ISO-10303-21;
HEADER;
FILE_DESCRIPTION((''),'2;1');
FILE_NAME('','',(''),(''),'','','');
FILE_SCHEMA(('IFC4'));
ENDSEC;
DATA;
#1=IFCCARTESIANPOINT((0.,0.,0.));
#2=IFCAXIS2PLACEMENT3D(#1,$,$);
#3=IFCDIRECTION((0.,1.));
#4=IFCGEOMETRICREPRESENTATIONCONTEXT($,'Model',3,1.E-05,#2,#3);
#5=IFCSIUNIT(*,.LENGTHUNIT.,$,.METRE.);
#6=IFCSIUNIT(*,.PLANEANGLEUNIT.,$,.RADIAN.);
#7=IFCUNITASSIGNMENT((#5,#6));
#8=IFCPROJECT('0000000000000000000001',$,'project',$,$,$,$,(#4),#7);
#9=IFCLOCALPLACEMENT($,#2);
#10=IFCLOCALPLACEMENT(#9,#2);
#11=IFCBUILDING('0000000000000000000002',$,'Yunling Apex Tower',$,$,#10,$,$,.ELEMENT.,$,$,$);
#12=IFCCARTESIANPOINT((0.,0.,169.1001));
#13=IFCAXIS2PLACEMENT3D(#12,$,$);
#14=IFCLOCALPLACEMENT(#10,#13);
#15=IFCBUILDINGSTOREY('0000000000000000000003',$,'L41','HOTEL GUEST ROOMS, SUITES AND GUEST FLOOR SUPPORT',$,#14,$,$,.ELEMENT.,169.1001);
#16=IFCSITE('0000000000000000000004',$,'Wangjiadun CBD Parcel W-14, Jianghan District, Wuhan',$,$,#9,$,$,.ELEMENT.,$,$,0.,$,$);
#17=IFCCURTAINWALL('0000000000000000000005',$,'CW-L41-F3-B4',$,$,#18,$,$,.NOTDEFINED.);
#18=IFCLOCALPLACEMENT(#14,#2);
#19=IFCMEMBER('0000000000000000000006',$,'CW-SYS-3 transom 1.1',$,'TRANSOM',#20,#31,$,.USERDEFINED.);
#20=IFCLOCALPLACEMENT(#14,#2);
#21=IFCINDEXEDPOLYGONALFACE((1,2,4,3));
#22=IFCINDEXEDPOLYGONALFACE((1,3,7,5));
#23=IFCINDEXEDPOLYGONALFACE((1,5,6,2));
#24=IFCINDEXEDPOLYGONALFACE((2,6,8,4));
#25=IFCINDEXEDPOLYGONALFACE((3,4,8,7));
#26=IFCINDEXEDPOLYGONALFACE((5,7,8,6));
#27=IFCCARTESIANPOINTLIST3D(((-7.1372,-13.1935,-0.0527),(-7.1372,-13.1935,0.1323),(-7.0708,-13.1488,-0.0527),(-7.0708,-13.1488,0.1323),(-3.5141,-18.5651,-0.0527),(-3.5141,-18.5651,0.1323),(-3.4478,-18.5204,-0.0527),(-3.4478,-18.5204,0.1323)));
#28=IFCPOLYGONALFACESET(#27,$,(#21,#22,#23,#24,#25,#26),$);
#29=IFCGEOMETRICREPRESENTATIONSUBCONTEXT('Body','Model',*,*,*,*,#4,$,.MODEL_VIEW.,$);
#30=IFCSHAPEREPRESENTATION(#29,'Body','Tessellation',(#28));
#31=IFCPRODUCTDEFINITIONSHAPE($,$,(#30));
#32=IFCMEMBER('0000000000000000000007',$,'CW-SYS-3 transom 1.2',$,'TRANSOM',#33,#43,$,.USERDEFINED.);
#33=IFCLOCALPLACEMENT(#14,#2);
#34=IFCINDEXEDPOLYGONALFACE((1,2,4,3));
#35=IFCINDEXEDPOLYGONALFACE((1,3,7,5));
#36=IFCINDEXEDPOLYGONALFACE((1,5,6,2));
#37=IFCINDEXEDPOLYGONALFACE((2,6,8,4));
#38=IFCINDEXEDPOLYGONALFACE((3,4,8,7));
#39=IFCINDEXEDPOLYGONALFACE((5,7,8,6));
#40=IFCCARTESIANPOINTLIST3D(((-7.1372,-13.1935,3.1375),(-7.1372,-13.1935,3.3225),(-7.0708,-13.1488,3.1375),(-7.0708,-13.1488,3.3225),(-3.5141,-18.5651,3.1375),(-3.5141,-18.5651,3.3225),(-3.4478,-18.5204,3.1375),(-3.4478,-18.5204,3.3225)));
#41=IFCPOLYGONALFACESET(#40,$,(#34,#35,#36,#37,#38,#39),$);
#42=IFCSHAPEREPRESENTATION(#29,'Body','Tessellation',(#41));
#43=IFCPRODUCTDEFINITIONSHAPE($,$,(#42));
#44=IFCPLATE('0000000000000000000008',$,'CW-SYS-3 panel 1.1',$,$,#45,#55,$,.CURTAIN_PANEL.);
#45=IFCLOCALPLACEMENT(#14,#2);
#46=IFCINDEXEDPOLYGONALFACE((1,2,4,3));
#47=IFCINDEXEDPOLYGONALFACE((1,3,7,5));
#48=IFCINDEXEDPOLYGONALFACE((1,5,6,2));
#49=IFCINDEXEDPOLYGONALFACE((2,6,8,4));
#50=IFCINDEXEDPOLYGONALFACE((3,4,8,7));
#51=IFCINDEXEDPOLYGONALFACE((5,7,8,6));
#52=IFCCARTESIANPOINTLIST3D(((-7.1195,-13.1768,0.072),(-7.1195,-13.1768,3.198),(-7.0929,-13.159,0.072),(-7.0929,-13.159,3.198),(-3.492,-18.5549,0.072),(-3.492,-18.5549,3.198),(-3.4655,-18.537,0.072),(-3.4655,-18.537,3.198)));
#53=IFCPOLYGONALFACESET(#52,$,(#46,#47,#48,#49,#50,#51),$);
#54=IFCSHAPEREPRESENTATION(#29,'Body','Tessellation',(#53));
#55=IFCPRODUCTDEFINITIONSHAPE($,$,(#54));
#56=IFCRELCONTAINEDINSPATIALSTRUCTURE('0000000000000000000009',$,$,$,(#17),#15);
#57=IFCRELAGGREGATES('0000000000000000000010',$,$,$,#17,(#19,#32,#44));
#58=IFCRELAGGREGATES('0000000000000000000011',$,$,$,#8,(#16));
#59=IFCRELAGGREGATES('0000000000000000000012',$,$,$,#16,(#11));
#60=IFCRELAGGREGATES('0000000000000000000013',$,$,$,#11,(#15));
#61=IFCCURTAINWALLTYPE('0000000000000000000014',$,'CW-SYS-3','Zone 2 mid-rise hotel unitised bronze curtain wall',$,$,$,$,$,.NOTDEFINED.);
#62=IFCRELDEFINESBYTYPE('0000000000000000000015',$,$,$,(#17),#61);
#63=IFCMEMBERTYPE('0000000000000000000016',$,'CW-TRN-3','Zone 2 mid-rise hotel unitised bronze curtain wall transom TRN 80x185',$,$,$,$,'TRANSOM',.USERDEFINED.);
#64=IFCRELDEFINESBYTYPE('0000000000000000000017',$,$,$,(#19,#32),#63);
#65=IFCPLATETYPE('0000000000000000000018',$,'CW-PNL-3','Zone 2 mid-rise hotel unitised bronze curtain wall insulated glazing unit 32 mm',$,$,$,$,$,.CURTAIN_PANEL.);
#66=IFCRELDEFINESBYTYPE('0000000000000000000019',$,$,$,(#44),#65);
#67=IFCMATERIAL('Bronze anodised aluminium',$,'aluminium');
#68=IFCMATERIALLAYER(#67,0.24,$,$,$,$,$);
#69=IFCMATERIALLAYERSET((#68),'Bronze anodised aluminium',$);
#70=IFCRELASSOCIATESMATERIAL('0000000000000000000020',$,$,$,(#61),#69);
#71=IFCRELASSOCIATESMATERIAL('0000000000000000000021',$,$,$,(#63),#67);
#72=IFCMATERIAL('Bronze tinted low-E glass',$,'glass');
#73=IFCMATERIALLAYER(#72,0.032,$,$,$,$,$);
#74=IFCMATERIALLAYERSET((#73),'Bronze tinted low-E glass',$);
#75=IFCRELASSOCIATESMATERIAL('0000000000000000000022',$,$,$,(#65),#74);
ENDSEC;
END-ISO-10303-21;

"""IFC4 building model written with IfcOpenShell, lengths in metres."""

from ifc_helpers import new_model, si_unit, direction, frame, origin, origin_2d, place, context, subcontext, project, spatial, rectangle, extrude, source, transform, mapped, material, layer, layer_set, material_profile, profile_set, type_object, element, aggregate, save


model = new_model("IFC4")

# Units and contexts
model_context = context("Model", 3, precision=1e-05, world=origin(), true_north=direction((0.0, 1.0)))
body_context = subcontext(model_context, "Body", "Model", "MODEL_VIEW")
ifc_project = project(units=[si_unit("LENGTHUNIT", "METRE"), si_unit("PLANEANGLEUNIT", "RADIAN")], contexts=[model_context])

# Site, building, storey
site_placement = place(None, origin())
site = spatial("IfcSite", under=ifc_project, at=site_placement, Name="Wangjiadun CBD Parcel W-14, Jianghan District, Wuhan", CompositionType="ELEMENT", RefElevation=0.0)
building_placement = place(site_placement, origin())
building = spatial("IfcBuilding", under=site, at=building_placement, Name="Yunling Apex Tower", CompositionType="ELEMENT")
storey_placement = place(building_placement, frame((0.0, 0.0, 169.1001)))
storey = spatial("IfcBuildingStorey", under=building, at=storey_placement, Name="L41", Description="HOTEL GUEST ROOMS, SUITES AND GUEST FLOOR SUPPORT", CompositionType="ELEMENT", Elevation=169.1001)

# Shared definitions
ifc_material_1 = material(Name="Bronze anodised aluminium", Category="aluminium")
ifc_layer_1 = layer(ifc_material_1, 0.24)
ifc_layer_set_1 = layer_set([ifc_layer_1], Name="Bronze anodised aluminium")
curtain_wall_type = type_object("IfcCurtainWallType", Name="CW-SYS-3", Description="Zone 2 mid-rise hotel unitised bronze curtain wall", PredefinedType="NOTDEFINED", material=ifc_layer_set_1)

# Curtain wall
curtain_wall_1_placement = place(storey_placement, origin())
curtain_wall_1 = element("IfcCurtainWall", 1, at=curtain_wall_1_placement, inside=storey, type_object=curtain_wall_type, Name="CW-L41-F3-B4", PredefinedType="NOTDEFINED")
ifc_material_profile_1 = material_profile(ifc_material_1, rectangle(XDim=0.0801, YDim=0.1851, at=origin_2d()))
ifc_profile_set_1 = profile_set([ifc_material_profile_1], Name="Bronze anodised aluminium")
member_type_1 = type_object("IfcMemberType", Name="CW-TRN-3", Description="Zone 2 mid-rise hotel unitised bronze curtain wall transom TRN 80x185", ElementType="TRANSOM", PredefinedType="USERDEFINED", material=ifc_profile_set_1)

# Members
shared_shape_1 = source(origin(), body_context, "Body", "SweptSolid", [
    extrude(rectangle(XDim=0.0801, YDim=0.1851, at=origin_2d()), origin(), (0.0, 0.0, 1.0), 6.4792),
])
member_1_placement = place(storey_placement, frame((-7.104, -13.1711, 0.0398), z_axis=(0.559179, -0.829047, 0.0), x_axis=(0.829047, 0.559179, 0.0)))
member_1 = element("IfcMember", 2, at=member_1_placement, type_object=member_type_1, Name="CW-SYS-3 transom 1.1", ObjectType="TRANSOM", PredefinedType="USERDEFINED", context=body_context, shape_type="MappedRepresentation", body=[
    mapped(shared_shape_1, transform((0.0, 0.0, 0.0), scale=1.0)),
])
member_2_placement = place(storey_placement, frame((-7.104, -13.1711, 3.23), z_axis=(0.559179, -0.829047, 0.0), x_axis=(0.829047, 0.559179, 0.0)))
member_2 = element("IfcMember", 3, at=member_2_placement, type_object=member_type_1, Name="CW-SYS-3 transom 1.2", ObjectType="TRANSOM", PredefinedType="USERDEFINED", context=body_context, shape_type="MappedRepresentation", body=[
    mapped(shared_shape_1, transform((0.0, 0.0, 0.0), scale=1.0)),
])

# Plate
ifc_material_2 = material(Name="Bronze tinted low-E glass", Category="glass")
ifc_layer_2 = layer(ifc_material_2, 0.032)
ifc_layer_set_2 = layer_set([ifc_layer_2], Name="Bronze tinted low-E glass")
plate_type = type_object("IfcPlateType", Name="CW-PNL-3", Description="Zone 2 mid-rise hotel unitised bronze curtain wall insulated glazing unit 32 mm", PredefinedType="CURTAIN_PANEL", material=ifc_layer_set_2)
shared_shape_2 = source(origin(), body_context, "Body", "SweptSolid", [
    extrude(rectangle(XDim=6.4871, YDim=0.032, at=origin_2d()), origin(), (0.0, 0.0, 1.0), 3.126),
])
plate_placement = place(storey_placement, frame((-5.2925, -15.8569, 0.072), z_axis=(0.0, 0.0, 1.0), x_axis=(0.559181, -0.829045, 0.0)))
plate = element("IfcPlate", 4, at=plate_placement, type_object=plate_type, Name="CW-SYS-3 panel 1.1", PredefinedType="CURTAIN_PANEL", context=body_context, shape_type="MappedRepresentation", body=[
    mapped(shared_shape_2, transform((0.0, 0.0, 0.0), scale=1.0)),
])
aggregate(curtain_wall_1, [member_1, member_2, plate])

save(model, "model.ifc")
